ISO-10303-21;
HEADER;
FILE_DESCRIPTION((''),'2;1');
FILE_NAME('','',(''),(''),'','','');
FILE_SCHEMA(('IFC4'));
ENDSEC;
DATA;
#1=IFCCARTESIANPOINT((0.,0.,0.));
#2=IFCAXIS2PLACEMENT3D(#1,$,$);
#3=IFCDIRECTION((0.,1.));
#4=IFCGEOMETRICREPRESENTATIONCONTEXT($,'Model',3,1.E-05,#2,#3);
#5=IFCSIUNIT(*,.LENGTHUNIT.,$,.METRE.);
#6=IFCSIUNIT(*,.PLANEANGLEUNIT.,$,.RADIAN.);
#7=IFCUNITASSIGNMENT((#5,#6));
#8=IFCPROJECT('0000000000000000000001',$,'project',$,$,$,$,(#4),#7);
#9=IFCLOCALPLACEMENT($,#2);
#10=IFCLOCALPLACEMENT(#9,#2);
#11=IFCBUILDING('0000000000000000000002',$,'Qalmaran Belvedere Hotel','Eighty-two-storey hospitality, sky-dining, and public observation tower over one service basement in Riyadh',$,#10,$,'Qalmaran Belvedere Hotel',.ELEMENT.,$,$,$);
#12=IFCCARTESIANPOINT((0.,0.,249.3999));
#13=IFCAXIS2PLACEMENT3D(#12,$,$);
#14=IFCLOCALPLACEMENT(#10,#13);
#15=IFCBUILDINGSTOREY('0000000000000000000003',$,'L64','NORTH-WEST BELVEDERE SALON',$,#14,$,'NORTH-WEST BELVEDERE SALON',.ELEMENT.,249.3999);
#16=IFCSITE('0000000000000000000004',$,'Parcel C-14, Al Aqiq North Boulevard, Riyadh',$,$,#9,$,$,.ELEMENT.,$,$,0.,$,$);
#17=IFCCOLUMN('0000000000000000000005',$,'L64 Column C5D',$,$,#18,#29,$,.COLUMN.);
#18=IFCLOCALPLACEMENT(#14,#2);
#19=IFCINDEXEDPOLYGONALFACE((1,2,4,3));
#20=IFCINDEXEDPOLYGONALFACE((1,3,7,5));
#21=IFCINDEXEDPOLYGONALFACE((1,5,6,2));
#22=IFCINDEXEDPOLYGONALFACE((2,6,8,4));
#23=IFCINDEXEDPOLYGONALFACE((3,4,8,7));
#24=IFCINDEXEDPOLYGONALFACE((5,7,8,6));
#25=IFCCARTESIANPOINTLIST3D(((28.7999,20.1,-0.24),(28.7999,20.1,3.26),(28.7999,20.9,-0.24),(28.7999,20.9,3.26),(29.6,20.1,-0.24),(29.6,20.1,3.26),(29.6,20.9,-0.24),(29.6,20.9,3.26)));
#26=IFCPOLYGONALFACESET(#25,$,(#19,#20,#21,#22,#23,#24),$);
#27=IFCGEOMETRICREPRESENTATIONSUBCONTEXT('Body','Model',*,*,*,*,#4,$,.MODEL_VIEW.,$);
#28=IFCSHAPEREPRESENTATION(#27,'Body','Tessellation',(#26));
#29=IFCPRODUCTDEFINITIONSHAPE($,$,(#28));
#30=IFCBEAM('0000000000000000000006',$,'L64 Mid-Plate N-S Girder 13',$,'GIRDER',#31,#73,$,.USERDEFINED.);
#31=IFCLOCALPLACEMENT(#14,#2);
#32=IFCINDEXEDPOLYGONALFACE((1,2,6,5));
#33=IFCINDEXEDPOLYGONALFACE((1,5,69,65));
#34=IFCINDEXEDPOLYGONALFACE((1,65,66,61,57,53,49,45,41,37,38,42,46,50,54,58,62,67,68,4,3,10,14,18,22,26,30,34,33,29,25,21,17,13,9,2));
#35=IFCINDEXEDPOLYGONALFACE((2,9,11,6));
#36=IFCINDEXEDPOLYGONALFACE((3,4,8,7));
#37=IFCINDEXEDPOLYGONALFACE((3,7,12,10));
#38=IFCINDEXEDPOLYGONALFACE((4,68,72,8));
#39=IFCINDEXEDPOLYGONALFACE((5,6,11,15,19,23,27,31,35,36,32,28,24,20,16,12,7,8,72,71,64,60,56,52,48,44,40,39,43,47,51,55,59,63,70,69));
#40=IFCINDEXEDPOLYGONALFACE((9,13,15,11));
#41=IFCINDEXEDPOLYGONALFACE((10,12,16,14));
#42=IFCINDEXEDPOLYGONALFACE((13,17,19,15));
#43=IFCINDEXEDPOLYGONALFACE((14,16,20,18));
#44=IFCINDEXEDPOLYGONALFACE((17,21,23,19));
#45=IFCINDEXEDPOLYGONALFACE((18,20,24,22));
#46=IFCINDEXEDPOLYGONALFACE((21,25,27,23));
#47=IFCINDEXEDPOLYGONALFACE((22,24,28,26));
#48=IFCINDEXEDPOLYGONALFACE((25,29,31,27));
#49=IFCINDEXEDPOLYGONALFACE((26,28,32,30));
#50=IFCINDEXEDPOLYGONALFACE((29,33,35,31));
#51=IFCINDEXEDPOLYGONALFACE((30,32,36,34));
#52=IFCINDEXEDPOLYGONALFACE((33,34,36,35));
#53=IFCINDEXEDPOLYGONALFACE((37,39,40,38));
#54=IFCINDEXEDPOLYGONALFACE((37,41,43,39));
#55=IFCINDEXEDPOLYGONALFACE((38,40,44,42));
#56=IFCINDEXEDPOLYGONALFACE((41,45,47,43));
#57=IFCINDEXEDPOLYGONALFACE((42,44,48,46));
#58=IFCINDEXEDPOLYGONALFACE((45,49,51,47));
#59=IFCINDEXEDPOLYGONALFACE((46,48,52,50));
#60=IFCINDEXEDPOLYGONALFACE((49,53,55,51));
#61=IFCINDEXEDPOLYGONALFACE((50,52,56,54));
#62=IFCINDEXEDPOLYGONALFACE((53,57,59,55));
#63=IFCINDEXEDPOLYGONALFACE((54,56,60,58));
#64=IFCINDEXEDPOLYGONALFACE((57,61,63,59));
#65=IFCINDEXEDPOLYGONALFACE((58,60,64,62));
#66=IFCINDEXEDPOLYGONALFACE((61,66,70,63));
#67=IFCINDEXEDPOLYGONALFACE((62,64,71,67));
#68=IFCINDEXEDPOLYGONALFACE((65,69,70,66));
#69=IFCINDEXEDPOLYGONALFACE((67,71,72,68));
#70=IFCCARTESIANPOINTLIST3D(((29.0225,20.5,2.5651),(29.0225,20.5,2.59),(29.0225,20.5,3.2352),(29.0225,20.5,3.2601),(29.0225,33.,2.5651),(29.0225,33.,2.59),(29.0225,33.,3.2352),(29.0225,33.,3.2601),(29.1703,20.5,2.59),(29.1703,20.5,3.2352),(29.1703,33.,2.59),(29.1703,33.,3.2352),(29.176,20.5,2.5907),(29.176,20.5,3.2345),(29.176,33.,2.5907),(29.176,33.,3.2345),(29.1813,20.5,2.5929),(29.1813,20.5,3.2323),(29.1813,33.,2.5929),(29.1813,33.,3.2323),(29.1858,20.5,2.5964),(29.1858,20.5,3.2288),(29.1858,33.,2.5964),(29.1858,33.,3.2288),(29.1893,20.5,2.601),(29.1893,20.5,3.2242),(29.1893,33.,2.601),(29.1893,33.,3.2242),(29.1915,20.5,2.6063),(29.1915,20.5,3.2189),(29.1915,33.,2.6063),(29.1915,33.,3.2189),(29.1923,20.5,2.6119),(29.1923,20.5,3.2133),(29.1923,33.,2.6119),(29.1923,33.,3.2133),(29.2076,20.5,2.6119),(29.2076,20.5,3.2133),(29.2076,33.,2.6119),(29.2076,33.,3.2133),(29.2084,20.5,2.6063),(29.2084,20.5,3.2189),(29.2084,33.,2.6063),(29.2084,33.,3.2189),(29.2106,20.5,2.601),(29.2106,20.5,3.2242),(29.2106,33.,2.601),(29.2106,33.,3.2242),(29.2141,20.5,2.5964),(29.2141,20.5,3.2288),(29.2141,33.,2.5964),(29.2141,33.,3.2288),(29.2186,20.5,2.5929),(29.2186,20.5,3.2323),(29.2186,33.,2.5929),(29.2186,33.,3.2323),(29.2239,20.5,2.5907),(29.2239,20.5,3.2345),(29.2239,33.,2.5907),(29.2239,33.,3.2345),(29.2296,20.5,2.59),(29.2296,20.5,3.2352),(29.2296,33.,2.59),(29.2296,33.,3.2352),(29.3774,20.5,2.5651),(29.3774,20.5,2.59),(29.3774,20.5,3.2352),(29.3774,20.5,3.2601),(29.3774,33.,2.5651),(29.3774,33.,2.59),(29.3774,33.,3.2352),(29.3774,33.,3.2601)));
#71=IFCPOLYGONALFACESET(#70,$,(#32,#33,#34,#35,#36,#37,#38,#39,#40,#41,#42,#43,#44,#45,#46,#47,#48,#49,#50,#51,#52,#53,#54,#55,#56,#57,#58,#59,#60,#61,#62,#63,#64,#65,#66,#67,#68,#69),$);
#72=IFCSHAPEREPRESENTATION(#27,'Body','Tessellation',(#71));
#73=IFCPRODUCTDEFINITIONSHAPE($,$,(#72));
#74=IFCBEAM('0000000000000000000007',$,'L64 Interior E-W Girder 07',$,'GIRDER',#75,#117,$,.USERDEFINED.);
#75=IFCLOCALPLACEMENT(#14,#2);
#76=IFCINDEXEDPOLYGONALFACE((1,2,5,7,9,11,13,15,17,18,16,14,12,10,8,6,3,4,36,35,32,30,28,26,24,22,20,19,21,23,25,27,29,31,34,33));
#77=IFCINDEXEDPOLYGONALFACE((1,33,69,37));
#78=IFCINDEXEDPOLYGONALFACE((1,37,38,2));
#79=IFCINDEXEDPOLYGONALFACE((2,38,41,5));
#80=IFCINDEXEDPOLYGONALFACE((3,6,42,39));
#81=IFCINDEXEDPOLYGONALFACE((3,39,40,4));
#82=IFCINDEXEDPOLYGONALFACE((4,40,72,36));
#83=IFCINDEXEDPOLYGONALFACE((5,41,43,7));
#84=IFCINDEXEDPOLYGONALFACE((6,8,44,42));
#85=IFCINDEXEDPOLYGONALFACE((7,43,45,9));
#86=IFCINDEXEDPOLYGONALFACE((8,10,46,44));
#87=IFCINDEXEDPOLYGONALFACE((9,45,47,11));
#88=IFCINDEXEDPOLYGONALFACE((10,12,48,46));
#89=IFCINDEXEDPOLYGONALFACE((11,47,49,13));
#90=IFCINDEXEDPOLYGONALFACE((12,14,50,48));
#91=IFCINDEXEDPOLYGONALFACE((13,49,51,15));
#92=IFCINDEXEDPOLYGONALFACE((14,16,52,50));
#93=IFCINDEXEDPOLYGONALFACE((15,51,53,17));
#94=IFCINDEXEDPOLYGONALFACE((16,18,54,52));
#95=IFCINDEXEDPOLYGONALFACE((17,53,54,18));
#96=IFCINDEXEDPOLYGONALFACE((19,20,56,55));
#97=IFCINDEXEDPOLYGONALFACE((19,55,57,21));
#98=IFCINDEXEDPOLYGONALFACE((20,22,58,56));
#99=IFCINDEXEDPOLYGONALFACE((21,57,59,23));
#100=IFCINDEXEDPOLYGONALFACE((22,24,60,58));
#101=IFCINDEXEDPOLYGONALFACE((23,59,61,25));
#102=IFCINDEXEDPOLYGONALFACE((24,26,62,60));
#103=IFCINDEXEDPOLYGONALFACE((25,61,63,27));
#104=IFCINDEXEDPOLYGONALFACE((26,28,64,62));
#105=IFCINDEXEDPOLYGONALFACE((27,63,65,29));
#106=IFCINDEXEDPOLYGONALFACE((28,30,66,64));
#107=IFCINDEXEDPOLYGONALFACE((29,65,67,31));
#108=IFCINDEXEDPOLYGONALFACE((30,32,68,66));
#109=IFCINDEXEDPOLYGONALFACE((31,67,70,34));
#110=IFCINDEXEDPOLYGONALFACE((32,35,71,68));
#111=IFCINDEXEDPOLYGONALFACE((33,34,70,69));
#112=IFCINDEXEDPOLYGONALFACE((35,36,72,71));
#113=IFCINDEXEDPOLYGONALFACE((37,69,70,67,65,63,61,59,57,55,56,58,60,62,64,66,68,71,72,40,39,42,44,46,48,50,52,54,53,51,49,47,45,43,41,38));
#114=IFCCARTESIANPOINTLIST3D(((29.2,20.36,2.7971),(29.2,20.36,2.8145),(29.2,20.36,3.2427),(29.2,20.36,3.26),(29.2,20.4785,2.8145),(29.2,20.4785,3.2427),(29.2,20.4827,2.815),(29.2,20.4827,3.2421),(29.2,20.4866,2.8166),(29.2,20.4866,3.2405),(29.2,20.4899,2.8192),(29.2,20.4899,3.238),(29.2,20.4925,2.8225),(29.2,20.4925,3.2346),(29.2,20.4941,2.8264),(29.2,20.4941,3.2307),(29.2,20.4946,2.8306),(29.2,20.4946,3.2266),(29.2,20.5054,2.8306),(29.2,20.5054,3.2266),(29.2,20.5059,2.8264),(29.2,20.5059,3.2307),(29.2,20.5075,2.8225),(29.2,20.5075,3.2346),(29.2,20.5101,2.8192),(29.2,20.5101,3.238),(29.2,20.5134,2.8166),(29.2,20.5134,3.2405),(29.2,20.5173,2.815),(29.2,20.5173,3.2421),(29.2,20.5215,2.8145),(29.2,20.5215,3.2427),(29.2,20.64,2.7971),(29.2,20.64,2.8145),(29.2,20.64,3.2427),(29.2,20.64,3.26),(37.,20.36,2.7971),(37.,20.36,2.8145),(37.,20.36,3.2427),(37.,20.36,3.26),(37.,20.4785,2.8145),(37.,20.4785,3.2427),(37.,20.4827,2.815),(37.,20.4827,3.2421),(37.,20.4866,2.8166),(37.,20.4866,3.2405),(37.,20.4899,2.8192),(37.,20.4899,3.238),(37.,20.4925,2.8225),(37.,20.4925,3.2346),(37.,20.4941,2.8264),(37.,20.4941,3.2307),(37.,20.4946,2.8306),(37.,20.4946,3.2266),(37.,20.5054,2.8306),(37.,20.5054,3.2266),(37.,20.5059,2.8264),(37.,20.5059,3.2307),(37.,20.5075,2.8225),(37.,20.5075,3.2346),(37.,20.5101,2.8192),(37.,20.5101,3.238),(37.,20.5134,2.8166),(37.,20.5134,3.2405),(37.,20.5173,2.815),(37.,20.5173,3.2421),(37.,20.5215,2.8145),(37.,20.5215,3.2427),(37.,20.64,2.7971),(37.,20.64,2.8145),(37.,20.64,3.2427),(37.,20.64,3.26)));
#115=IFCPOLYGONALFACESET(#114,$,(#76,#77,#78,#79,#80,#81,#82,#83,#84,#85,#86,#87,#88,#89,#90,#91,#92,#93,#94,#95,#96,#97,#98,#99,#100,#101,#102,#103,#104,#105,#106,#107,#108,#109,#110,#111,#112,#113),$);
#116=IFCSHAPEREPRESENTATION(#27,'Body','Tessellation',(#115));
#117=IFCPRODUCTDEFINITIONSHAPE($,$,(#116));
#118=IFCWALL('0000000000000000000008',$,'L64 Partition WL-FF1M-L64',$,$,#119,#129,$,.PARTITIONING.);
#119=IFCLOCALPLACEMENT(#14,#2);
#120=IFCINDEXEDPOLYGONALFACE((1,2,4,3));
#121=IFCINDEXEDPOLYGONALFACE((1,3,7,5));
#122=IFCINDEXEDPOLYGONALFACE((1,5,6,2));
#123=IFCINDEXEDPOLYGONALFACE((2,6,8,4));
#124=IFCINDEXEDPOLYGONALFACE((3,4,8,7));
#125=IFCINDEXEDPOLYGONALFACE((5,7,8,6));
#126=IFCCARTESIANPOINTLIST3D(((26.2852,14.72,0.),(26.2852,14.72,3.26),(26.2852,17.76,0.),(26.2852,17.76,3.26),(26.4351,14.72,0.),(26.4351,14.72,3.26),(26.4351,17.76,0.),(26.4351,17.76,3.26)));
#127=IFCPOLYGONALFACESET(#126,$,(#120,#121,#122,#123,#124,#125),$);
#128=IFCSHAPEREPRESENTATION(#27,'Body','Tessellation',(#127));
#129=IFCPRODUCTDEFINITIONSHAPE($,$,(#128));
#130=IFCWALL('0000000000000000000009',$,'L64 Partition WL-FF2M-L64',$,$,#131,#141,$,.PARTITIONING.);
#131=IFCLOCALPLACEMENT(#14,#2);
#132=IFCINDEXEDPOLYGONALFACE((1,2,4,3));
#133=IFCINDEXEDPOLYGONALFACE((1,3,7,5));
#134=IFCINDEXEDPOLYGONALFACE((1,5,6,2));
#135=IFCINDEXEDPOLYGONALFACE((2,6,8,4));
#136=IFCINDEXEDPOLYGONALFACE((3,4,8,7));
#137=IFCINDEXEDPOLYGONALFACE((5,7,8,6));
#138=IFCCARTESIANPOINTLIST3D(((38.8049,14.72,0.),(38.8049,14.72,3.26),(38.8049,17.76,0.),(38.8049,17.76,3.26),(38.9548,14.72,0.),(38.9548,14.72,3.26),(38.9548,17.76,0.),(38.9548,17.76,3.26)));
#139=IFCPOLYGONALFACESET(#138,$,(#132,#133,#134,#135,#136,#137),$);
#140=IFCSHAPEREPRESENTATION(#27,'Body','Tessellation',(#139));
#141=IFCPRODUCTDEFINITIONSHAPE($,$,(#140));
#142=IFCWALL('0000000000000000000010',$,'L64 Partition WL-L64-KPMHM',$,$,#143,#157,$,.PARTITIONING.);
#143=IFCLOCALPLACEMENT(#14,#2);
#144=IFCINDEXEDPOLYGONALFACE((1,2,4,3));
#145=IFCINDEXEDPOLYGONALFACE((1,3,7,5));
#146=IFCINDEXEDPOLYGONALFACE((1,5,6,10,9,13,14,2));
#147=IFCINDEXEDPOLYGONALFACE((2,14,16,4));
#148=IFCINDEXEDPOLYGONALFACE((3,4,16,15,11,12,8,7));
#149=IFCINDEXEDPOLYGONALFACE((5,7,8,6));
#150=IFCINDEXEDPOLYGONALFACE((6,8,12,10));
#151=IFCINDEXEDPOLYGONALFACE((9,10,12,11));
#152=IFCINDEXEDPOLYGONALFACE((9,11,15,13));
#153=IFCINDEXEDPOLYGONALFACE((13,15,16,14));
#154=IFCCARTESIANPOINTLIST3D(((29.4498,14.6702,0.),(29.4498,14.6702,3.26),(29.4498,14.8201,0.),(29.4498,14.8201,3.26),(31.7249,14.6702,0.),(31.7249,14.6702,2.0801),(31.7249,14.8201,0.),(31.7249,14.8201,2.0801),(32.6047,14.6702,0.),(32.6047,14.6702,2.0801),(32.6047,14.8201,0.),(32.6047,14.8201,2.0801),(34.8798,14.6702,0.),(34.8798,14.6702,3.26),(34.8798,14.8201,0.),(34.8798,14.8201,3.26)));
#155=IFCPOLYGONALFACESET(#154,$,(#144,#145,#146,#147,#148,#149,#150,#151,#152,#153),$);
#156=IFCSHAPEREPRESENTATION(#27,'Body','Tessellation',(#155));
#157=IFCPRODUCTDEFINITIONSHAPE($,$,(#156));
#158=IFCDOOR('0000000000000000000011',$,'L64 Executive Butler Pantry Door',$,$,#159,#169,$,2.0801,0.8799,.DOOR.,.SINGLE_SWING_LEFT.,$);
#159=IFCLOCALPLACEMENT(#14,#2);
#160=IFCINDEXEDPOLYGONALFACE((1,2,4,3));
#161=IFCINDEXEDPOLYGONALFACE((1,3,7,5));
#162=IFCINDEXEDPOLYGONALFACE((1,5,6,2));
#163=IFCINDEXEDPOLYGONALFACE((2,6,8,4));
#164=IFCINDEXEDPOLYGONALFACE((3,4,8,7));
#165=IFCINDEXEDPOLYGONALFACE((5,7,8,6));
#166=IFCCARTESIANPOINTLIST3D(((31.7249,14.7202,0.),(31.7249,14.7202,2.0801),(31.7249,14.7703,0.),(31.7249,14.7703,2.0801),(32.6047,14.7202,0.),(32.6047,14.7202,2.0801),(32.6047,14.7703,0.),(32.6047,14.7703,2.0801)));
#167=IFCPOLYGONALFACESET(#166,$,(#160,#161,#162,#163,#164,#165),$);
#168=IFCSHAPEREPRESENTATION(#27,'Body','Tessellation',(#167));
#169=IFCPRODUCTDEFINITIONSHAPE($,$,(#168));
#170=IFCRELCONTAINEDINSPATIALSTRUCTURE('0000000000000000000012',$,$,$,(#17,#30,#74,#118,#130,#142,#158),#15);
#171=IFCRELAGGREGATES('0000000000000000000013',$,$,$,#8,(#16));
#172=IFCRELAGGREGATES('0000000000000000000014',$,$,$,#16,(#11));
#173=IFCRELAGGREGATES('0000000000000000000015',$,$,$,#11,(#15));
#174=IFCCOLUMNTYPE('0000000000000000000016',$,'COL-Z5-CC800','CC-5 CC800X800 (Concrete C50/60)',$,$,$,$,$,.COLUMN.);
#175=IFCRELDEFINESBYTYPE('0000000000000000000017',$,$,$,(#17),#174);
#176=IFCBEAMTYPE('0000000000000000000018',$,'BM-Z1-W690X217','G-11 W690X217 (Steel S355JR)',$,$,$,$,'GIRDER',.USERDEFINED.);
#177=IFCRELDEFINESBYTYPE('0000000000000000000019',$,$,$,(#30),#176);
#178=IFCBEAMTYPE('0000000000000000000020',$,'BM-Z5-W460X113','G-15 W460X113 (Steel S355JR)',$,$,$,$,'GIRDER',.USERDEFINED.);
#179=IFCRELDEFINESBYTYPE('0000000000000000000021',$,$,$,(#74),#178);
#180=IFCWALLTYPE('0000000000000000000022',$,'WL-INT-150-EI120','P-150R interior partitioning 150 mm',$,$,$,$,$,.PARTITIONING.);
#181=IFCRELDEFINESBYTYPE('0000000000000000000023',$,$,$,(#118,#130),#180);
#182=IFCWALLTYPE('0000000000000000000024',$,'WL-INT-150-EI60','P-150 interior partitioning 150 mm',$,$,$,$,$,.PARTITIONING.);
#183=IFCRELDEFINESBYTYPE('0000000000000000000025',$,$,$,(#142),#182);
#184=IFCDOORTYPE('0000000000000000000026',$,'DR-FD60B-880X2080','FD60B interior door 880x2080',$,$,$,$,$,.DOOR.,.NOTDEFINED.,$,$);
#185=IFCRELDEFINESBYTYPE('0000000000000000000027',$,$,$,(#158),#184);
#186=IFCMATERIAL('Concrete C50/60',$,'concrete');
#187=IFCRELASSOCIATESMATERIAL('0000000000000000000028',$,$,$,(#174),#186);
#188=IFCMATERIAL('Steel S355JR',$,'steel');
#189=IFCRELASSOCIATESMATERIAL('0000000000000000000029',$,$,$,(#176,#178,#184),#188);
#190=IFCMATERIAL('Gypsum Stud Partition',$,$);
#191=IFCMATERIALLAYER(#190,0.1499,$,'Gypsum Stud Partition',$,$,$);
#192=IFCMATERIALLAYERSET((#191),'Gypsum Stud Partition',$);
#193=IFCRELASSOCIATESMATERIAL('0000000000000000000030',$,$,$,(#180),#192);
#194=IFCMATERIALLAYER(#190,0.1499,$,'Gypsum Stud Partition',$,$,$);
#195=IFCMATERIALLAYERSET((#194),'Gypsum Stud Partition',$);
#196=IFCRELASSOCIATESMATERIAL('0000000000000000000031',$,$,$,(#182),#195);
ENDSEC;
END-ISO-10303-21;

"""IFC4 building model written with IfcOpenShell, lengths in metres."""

from ifc_helpers import new_model, si_unit, direction, frame, frame_2d, origin, origin_2d, place, context, subcontext, project, spatial, rectangle, i_section, extrude, material, layer, layer_set, material_profile, profile_set, type_object, element, fill, save


model = new_model("IFC4")

# Units and contexts
model_context = context("Model", 3, precision=1e-05, world=origin(), true_north=direction((0.0, 1.0)))
body_context = subcontext(model_context, "Body", "Model", "MODEL_VIEW")
ifc_project = project(units=[si_unit("LENGTHUNIT", "METRE"), si_unit("PLANEANGLEUNIT", "RADIAN")], contexts=[model_context])

# Site, building, storey
site_placement = place(None, origin())
site = spatial("IfcSite", under=ifc_project, at=site_placement, Name="Parcel C-14, Al Aqiq North Boulevard, Riyadh", CompositionType="ELEMENT", RefElevation=0.0)
building_placement = place(site_placement, origin())
building = spatial("IfcBuilding", under=site, at=building_placement, Name="Qalmaran Belvedere Hotel", Description="Eighty-two-storey hospitality, sky-dining, and public observation tower over one service basement in Riyadh", LongName="Qalmaran Belvedere Hotel", CompositionType="ELEMENT")
storey_placement = place(building_placement, frame((0.0, 0.0, 249.3999)))
storey = spatial("IfcBuildingStorey", under=building, at=storey_placement, Name="L64", Description="NORTH-WEST BELVEDERE SALON", LongName="NORTH-WEST BELVEDERE SALON", CompositionType="ELEMENT", Elevation=249.3999)

# Column
ifc_material_1 = material(Name="Concrete C50/60", Category="concrete")
ifc_material_profile_1 = material_profile(ifc_material_1, rectangle(XDim=0.8, YDim=0.8, at=origin_2d()), Name="CC800X800")
ifc_profile_set_1 = profile_set([ifc_material_profile_1], Name="Concrete C50/60")
column_type = type_object("IfcColumnType", Name="COL-Z5-CC800", Description="CC-5 CC800X800 (Concrete C50/60)", PredefinedType="COLUMN", material=ifc_profile_set_1)
column_placement = place(storey_placement, frame((29.2, 20.5, -0.24), z_axis=(0.0, 0.0, 1.0), x_axis=(1.0, 0.0, 0.0)))
element("IfcColumn", 1, at=column_placement, inside=storey, type_object=column_type, Name="L64 Column C5D", PredefinedType="COLUMN", context=body_context, shape_type="SweptSolid", body=[
    extrude(rectangle(XDim=0.8, YDim=0.8, at=origin_2d()), origin(), (0.0, 0.0, 1.0), 3.5),
])

# Beams
ifc_material_2 = material(Name="Steel S355JR", Category="steel")
ifc_material_profile_2 = material_profile(ifc_material_2, i_section(OverallWidth=0.355, OverallDepth=0.6951, WebThickness=0.0154, FlangeThickness=0.0249, FilletRadius=0.022, at=origin_2d()), Name="W690X217")
ifc_profile_set_2 = profile_set([ifc_material_profile_2], Name="Steel S355JR")
beam_type_1 = type_object("IfcBeamType", Name="BM-Z1-W690X217", Description="G-11 W690X217 (Steel S355JR)", ElementType="GIRDER", PredefinedType="USERDEFINED", material=ifc_profile_set_2)
beam_1_placement = place(storey_placement, frame((29.2, 20.5, 2.9126), z_axis=(0.0, 1.0, 0.0), x_axis=(-1.0, 0.0, 0.0)))
element("IfcBeam", 2, at=beam_1_placement, inside=storey, type_object=beam_type_1, Name="L64 Mid-Plate N-S Girder 13", ObjectType="GIRDER", PredefinedType="USERDEFINED", context=body_context, shape_type="SweptSolid", body=[
    extrude(i_section(OverallWidth=0.355, OverallDepth=0.6951, WebThickness=0.0154, FlangeThickness=0.0249, FilletRadius=0.022, at=origin_2d()), origin(), (0.0, 0.0, 1.0), 12.5),
])
ifc_material_profile_3 = material_profile(ifc_material_2, i_section(OverallWidth=0.28, OverallDepth=0.4629, WebThickness=0.0107, FlangeThickness=0.0173, FilletRadius=0.0161, at=origin_2d()), Name="W460X113")
ifc_profile_set_3 = profile_set([ifc_material_profile_3], Name="Steel S355JR")
beam_type_2 = type_object("IfcBeamType", Name="BM-Z5-W460X113", Description="G-15 W460X113 (Steel S355JR)", ElementType="GIRDER", PredefinedType="USERDEFINED", material=ifc_profile_set_3)
beam_2_placement = place(storey_placement, frame((29.2, 20.5, 3.0286), z_axis=(1.0, 0.0, 0.0), x_axis=(0.0, 1.0, 0.0)))
element("IfcBeam", 3, at=beam_2_placement, inside=storey, type_object=beam_type_2, Name="L64 Interior E-W Girder 07", ObjectType="GIRDER", PredefinedType="USERDEFINED", context=body_context, shape_type="SweptSolid", body=[
    extrude(i_section(OverallWidth=0.28, OverallDepth=0.4629, WebThickness=0.0107, FlangeThickness=0.0173, FilletRadius=0.0161, at=origin_2d()), origin(), (0.0, 0.0, 1.0), 7.8),
])

# Walls
ifc_material_3 = material(Name="Gypsum Stud Partition")
ifc_layer_1 = layer(ifc_material_3, 0.1499, Name="Gypsum Stud Partition")
ifc_layer_set_1 = layer_set([ifc_layer_1], Name="Gypsum Stud Partition")
wall_type_1 = type_object("IfcWallType", Name="WL-INT-150-EI120", Description="P-150R interior partitioning 150 mm", PredefinedType="PARTITIONING", material=ifc_layer_set_1)
for number, where, z_axis, x_axis, name in (
    (4, (26.3601, 14.72, 0.0), (0.0, 0.0, 1.0), (0.0, 1.0, 0.0), "L64 Partition WL-FF1M-L64"),
    (5, (38.8799, 14.72, 0.0), (0.0, 0.0, 1.0), (0.0, 1.0, 0.0), "L64 Partition WL-FF2M-L64"),
):
    element("IfcWall", number, at=place(storey_placement, frame(where, z_axis=z_axis, x_axis=x_axis)), inside=storey, type_object=wall_type_1, Name=name, PredefinedType="PARTITIONING", context=body_context, shape_type="SweptSolid", body=[
        extrude(rectangle(XDim=3.04, YDim=0.1499, at=frame_2d((1.52, 0.0))), origin(), (0.0, 0.0, 1.0), 3.26),
    ])
ifc_layer_2 = layer(ifc_material_3, 0.1499, Name="Gypsum Stud Partition")
ifc_layer_set_2 = layer_set([ifc_layer_2], Name="Gypsum Stud Partition")
wall_type_2 = type_object("IfcWallType", Name="WL-INT-150-EI60", Description="P-150 interior partitioning 150 mm", PredefinedType="PARTITIONING", material=ifc_layer_set_2)

# Wall, opening, door
wall_1_placement = place(storey_placement, frame((29.45, 14.7451, 0.0), z_axis=(0.0, 0.0, 1.0), x_axis=(1.0, 0.0, 0.0)))
wall_1 = element("IfcWall", 6, at=wall_1_placement, inside=storey, type_object=wall_type_2, Name="L64 Partition WL-L64-KPMHM", PredefinedType="PARTITIONING", context=body_context, shape_type="SweptSolid", body=[
    extrude(rectangle(XDim=5.4299, YDim=0.1499, at=frame_2d((2.7148, 0.0))), origin(), (0.0, 0.0, 1.0), 3.26),
])
opening_1_placement = place(wall_1_placement, frame((3.1548, 0.0, 0.0), z_axis=(0.0, 0.0, 1.0), x_axis=(-1.0, 0.0, 0.0)))
opening_1 = element("IfcOpeningElement", 7, at=opening_1_placement, cuts=wall_1, PredefinedType="OPENING", context=body_context, shape_type="SweptSolid", body=[
    extrude(rectangle(XDim=0.8799, YDim=2.0801, at=frame_2d((0.4399, 1.04))), frame((0.0, 0.085, 0.0), z_axis=(0.0, -1.0, 0.0), x_axis=(1.0, 0.0, 0.0)), (0.0, 0.0, 1.0), 0.1699),
])
door_type_1 = type_object("IfcDoorType", Name="DR-FD60B-880X2080", Description="FD60B interior door 880x2080", OperationType="NOTDEFINED", PredefinedType="DOOR", material=ifc_material_2)
door_1_placement = place(opening_1_placement, origin())
door_1 = element("IfcDoor", 8, at=door_1_placement, inside=storey, type_object=door_type_1, Name="L64 Executive Butler Pantry Door", OperationType="SINGLE_SWING_LEFT", OverallHeight=2.0801, OverallWidth=0.8799, PredefinedType="DOOR", context=body_context, shape_type="SweptSolid", body=[
    extrude(rectangle(XDim=0.8799, YDim=2.0801, at=frame_2d((0.4399, 1.04))), frame((0.0, 0.0249, 0.0), z_axis=(0.0, -1.0, 0.0), x_axis=(1.0, 0.0, 0.0)), (0.0, 0.0, 1.0), 0.05),
])
fill(opening_1, door_1)

save(model, "model.ifc")
